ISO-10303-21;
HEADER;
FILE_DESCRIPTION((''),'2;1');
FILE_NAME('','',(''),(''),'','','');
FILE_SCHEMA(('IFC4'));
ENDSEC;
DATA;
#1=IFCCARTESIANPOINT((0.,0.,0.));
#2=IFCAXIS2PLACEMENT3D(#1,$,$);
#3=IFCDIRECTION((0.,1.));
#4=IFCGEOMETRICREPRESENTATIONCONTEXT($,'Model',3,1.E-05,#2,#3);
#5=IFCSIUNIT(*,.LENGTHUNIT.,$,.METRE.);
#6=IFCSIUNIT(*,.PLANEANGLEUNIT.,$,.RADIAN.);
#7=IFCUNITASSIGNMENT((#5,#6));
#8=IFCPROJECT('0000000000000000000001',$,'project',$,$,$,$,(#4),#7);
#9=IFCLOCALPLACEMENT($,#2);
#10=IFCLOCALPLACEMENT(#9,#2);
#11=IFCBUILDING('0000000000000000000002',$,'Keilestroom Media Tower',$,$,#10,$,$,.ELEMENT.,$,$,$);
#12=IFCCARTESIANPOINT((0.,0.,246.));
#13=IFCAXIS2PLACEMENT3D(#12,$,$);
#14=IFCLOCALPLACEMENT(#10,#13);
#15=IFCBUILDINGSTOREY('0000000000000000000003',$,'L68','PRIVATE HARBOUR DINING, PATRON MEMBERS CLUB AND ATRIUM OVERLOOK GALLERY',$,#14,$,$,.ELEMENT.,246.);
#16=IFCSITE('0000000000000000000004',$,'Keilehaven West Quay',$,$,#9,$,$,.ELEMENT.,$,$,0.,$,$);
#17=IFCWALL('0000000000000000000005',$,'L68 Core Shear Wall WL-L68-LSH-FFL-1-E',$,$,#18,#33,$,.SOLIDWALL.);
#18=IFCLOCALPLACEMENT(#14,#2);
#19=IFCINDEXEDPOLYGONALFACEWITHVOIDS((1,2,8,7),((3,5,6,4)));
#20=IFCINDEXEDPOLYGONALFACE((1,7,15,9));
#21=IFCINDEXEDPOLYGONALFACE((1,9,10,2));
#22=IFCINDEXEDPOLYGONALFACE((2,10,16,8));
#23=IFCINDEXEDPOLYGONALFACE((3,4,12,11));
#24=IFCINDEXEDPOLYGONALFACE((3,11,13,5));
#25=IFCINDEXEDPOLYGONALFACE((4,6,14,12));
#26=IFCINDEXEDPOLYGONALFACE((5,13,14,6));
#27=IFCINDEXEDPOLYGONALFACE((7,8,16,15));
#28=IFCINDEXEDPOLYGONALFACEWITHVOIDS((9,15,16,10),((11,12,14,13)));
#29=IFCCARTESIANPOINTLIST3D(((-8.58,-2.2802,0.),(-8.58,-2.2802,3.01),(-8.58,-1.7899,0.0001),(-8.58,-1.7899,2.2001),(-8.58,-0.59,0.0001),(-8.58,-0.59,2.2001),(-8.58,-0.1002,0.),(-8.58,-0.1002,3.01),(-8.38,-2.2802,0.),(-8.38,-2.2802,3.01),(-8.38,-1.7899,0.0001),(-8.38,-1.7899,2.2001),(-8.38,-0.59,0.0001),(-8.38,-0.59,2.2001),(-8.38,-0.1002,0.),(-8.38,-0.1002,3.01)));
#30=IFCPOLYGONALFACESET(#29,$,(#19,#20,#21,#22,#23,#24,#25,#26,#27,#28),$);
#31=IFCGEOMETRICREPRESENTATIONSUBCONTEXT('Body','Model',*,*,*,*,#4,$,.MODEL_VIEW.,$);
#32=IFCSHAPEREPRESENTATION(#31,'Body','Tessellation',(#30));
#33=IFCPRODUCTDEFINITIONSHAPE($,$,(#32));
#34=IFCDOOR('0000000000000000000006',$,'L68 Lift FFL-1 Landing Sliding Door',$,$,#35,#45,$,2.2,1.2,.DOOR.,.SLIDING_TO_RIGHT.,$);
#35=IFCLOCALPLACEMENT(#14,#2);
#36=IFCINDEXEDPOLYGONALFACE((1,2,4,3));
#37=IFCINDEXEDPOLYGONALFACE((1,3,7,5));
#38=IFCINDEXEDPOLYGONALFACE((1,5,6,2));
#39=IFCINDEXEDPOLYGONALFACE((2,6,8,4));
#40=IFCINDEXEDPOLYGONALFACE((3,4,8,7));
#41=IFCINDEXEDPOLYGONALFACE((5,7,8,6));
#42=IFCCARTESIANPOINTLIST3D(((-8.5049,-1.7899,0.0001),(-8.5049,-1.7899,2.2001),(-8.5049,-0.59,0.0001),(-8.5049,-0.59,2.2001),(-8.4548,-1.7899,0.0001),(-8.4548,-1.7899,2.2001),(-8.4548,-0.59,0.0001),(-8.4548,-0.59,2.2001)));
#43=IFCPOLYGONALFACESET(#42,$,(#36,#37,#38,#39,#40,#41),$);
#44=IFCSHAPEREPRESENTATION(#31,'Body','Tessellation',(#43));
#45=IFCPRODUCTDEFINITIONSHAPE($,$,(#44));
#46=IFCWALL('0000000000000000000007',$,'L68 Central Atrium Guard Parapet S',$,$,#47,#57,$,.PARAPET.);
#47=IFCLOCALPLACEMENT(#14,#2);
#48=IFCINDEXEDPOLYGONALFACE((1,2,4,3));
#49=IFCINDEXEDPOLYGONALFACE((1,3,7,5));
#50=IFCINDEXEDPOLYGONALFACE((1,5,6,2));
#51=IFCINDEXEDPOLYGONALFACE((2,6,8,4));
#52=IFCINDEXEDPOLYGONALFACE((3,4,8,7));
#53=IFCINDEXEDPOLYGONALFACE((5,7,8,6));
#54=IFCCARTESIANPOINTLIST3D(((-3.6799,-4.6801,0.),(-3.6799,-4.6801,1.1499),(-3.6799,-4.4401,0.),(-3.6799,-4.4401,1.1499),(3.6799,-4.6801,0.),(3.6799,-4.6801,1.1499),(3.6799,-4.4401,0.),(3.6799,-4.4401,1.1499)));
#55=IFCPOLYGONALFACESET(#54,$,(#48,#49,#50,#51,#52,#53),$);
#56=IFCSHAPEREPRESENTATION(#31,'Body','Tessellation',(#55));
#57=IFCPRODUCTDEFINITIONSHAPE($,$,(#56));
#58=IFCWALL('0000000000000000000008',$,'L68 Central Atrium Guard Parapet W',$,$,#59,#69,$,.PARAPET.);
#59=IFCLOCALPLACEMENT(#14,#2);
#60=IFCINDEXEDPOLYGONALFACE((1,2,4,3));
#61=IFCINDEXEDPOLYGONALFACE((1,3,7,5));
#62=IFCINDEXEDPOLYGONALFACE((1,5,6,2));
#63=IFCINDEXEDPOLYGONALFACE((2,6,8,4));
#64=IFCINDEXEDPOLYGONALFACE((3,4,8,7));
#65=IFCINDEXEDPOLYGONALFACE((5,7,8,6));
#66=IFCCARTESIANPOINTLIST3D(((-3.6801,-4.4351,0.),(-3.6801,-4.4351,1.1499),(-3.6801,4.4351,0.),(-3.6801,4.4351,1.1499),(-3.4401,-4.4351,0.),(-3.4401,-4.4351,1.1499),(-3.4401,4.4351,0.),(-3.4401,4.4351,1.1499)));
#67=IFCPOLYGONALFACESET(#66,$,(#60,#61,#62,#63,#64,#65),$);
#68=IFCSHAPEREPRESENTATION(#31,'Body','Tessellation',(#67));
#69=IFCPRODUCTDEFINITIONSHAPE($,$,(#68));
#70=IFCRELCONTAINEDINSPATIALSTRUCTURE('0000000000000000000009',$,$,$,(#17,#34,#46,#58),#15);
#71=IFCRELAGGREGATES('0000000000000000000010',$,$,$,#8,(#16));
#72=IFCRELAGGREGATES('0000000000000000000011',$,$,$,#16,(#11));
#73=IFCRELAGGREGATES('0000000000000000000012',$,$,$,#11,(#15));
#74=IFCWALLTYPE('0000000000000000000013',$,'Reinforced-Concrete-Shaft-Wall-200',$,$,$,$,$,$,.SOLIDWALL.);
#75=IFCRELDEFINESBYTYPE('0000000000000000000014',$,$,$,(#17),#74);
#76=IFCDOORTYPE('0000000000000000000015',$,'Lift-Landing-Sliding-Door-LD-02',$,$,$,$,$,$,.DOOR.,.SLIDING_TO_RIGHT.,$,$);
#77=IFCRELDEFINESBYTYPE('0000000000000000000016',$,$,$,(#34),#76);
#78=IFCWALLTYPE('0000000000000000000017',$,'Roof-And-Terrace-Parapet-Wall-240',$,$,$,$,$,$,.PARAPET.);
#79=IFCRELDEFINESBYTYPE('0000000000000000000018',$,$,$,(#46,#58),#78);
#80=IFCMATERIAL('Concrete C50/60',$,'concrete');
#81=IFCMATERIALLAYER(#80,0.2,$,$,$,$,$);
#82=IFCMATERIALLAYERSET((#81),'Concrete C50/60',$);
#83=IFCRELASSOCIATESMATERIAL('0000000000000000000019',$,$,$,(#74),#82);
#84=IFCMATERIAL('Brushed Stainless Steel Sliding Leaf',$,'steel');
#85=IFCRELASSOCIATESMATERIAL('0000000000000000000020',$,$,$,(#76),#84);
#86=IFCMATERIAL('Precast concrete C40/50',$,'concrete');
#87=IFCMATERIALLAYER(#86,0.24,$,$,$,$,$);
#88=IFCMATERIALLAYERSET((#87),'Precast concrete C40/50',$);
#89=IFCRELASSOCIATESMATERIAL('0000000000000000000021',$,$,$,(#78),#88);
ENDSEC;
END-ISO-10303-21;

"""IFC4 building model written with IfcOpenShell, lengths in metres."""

from ifc_helpers import new_model, si_unit, direction, frame, frame_2d, origin, place, context, subcontext, project, spatial, rectangle, extrude, source, transform, mapped, material, layer, layer_set, type_object, element, fill, save


model = new_model("IFC4")

# Units and contexts
model_context = context("Model", 3, precision=1e-05, world=origin(), true_north=direction((0.0, 1.0)))
body_context = subcontext(model_context, "Body", "Model", "MODEL_VIEW")
ifc_project = project(units=[si_unit("LENGTHUNIT", "METRE"), si_unit("PLANEANGLEUNIT", "RADIAN")], contexts=[model_context])

# Site, building, storey
site_placement = place(None, origin())
site = spatial("IfcSite", under=ifc_project, at=site_placement, Name="Keilehaven West Quay", CompositionType="ELEMENT", RefElevation=0.0)
building_placement = place(site_placement, origin())
building = spatial("IfcBuilding", under=site, at=building_placement, Name="Keilestroom Media Tower", CompositionType="ELEMENT")
storey_placement = place(building_placement, frame((0.0, 0.0, 246.0)))
storey = spatial("IfcBuildingStorey", under=building, at=storey_placement, Name="L68", Description="PRIVATE HARBOUR DINING, PATRON MEMBERS CLUB AND ATRIUM OVERLOOK GALLERY", CompositionType="ELEMENT", Elevation=246.0)

# Shared definitions
ifc_material_1 = material(Name="Concrete C50/60", Category="concrete")

# Shared definitions
shared_shape_1 = source(origin(), body_context, "Body", "SweptSolid", [
    extrude(rectangle(XDim=1.2, YDim=2.2, at=frame_2d((0.6001, 1.1001))), frame((0.0, 0.0249, 0.0), z_axis=(0.0, -1.0, 0.0), x_axis=(1.0, 0.0, 0.0)), (0.0, 0.0, 1.0), 0.05),
])

# Shared definitions
ifc_layer_1 = layer(ifc_material_1, 0.2)
ifc_layer_set_1 = layer_set([ifc_layer_1], Name="Concrete C50/60")
wall_type_1 = type_object("IfcWallType", Name="Reinforced-Concrete-Shaft-Wall-200", PredefinedType="SOLIDWALL", material=ifc_layer_set_1)

# Wall, opening, door
wall_1_placement = place(storey_placement, frame((-8.48, -2.28, 0.0), z_axis=(0.0, 0.0, 1.0), x_axis=(0.0, 1.0, 0.0)))
wall_1 = element("IfcWall", 1, at=wall_1_placement, inside=storey, type_object=wall_type_1, Name="L68 Core Shear Wall WL-L68-LSH-FFL-1-E", PredefinedType="SOLIDWALL", context=body_context, shape_type="SweptSolid", body=[
    extrude(rectangle(XDim=2.1799, YDim=0.2, at=frame_2d((1.0898, 0.0))), origin(), (0.0, 0.0, 1.0), 3.01),
])
opening_1_placement = place(wall_1_placement, frame((0.49, 0.0, 0.0)))
opening_1 = element("IfcOpeningElement", 2, at=opening_1_placement, cuts=wall_1, PredefinedType="OPENING", context=body_context, shape_type="SweptSolid", body=[
    extrude(rectangle(XDim=1.2, YDim=2.2, at=frame_2d((0.6001, 1.1001))), frame((0.0, 0.1099, 0.0), z_axis=(0.0, -1.0, 0.0), x_axis=(1.0, 0.0, 0.0)), (0.0, 0.0, 1.0), 0.22),
])
ifc_material_2 = material(Name="Brushed Stainless Steel Sliding Leaf", Category="steel")
door_type_1 = type_object("IfcDoorType", Name="Lift-Landing-Sliding-Door-LD-02", OperationType="SLIDING_TO_RIGHT", PredefinedType="DOOR", material=ifc_material_2)
door_1_placement = place(opening_1_placement, origin())
door_1 = element("IfcDoor", 3, at=door_1_placement, inside=storey, type_object=door_type_1, Name="L68 Lift FFL-1 Landing Sliding Door", OperationType="SLIDING_TO_RIGHT", OverallHeight=2.2, OverallWidth=1.2, PredefinedType="DOOR", context=body_context, shape_type="MappedRepresentation", body=[
    mapped(shared_shape_1, transform((0.0, 0.0, 0.0), x_axis=(1.0, 0.0, 0.0), y_axis=(0.0, 1.0, 0.0), z_axis=(0.0, 0.0, 1.0), scale=1.0)),
])
fill(opening_1, door_1)

# Walls
ifc_material_3 = material(Name="Precast concrete C40/50", Category="concrete")
ifc_layer_2 = layer(ifc_material_3, 0.24)
ifc_layer_set_2 = layer_set([ifc_layer_2], Name="Precast concrete C40/50")
wall_type_2 = type_object("IfcWallType", Name="Roof-And-Terrace-Parapet-Wall-240", PredefinedType="PARAPET", material=ifc_layer_set_2)
wall_2_placement = place(storey_placement, frame((-3.6799, -4.5601, 0.0), z_axis=(0.0, 0.0, 1.0), x_axis=(1.0, 0.0, 0.0)))
element("IfcWall", 4, at=wall_2_placement, inside=storey, type_object=wall_type_2, Name="L68 Central Atrium Guard Parapet S", PredefinedType="PARAPET", context=body_context, shape_type="SweptSolid", body=[
    extrude(rectangle(XDim=7.3599, YDim=0.24, at=frame_2d((3.6799, 0.0))), origin(), (0.0, 0.0, 1.0), 1.1499),
])
wall_3_placement = place(storey_placement, frame((-3.5601, -4.4351, 0.0), z_axis=(0.0, 0.0, 1.0), x_axis=(0.0, 1.0, 0.0)))
element("IfcWall", 5, at=wall_3_placement, inside=storey, type_object=wall_type_2, Name="L68 Central Atrium Guard Parapet W", PredefinedType="PARAPET", context=body_context, shape_type="SweptSolid", body=[
    extrude(rectangle(XDim=8.8701, YDim=0.24, at=frame_2d((4.4351, 0.0))), origin(), (0.0, 0.0, 1.0), 1.1499),
])

save(model, "model.ifc")
